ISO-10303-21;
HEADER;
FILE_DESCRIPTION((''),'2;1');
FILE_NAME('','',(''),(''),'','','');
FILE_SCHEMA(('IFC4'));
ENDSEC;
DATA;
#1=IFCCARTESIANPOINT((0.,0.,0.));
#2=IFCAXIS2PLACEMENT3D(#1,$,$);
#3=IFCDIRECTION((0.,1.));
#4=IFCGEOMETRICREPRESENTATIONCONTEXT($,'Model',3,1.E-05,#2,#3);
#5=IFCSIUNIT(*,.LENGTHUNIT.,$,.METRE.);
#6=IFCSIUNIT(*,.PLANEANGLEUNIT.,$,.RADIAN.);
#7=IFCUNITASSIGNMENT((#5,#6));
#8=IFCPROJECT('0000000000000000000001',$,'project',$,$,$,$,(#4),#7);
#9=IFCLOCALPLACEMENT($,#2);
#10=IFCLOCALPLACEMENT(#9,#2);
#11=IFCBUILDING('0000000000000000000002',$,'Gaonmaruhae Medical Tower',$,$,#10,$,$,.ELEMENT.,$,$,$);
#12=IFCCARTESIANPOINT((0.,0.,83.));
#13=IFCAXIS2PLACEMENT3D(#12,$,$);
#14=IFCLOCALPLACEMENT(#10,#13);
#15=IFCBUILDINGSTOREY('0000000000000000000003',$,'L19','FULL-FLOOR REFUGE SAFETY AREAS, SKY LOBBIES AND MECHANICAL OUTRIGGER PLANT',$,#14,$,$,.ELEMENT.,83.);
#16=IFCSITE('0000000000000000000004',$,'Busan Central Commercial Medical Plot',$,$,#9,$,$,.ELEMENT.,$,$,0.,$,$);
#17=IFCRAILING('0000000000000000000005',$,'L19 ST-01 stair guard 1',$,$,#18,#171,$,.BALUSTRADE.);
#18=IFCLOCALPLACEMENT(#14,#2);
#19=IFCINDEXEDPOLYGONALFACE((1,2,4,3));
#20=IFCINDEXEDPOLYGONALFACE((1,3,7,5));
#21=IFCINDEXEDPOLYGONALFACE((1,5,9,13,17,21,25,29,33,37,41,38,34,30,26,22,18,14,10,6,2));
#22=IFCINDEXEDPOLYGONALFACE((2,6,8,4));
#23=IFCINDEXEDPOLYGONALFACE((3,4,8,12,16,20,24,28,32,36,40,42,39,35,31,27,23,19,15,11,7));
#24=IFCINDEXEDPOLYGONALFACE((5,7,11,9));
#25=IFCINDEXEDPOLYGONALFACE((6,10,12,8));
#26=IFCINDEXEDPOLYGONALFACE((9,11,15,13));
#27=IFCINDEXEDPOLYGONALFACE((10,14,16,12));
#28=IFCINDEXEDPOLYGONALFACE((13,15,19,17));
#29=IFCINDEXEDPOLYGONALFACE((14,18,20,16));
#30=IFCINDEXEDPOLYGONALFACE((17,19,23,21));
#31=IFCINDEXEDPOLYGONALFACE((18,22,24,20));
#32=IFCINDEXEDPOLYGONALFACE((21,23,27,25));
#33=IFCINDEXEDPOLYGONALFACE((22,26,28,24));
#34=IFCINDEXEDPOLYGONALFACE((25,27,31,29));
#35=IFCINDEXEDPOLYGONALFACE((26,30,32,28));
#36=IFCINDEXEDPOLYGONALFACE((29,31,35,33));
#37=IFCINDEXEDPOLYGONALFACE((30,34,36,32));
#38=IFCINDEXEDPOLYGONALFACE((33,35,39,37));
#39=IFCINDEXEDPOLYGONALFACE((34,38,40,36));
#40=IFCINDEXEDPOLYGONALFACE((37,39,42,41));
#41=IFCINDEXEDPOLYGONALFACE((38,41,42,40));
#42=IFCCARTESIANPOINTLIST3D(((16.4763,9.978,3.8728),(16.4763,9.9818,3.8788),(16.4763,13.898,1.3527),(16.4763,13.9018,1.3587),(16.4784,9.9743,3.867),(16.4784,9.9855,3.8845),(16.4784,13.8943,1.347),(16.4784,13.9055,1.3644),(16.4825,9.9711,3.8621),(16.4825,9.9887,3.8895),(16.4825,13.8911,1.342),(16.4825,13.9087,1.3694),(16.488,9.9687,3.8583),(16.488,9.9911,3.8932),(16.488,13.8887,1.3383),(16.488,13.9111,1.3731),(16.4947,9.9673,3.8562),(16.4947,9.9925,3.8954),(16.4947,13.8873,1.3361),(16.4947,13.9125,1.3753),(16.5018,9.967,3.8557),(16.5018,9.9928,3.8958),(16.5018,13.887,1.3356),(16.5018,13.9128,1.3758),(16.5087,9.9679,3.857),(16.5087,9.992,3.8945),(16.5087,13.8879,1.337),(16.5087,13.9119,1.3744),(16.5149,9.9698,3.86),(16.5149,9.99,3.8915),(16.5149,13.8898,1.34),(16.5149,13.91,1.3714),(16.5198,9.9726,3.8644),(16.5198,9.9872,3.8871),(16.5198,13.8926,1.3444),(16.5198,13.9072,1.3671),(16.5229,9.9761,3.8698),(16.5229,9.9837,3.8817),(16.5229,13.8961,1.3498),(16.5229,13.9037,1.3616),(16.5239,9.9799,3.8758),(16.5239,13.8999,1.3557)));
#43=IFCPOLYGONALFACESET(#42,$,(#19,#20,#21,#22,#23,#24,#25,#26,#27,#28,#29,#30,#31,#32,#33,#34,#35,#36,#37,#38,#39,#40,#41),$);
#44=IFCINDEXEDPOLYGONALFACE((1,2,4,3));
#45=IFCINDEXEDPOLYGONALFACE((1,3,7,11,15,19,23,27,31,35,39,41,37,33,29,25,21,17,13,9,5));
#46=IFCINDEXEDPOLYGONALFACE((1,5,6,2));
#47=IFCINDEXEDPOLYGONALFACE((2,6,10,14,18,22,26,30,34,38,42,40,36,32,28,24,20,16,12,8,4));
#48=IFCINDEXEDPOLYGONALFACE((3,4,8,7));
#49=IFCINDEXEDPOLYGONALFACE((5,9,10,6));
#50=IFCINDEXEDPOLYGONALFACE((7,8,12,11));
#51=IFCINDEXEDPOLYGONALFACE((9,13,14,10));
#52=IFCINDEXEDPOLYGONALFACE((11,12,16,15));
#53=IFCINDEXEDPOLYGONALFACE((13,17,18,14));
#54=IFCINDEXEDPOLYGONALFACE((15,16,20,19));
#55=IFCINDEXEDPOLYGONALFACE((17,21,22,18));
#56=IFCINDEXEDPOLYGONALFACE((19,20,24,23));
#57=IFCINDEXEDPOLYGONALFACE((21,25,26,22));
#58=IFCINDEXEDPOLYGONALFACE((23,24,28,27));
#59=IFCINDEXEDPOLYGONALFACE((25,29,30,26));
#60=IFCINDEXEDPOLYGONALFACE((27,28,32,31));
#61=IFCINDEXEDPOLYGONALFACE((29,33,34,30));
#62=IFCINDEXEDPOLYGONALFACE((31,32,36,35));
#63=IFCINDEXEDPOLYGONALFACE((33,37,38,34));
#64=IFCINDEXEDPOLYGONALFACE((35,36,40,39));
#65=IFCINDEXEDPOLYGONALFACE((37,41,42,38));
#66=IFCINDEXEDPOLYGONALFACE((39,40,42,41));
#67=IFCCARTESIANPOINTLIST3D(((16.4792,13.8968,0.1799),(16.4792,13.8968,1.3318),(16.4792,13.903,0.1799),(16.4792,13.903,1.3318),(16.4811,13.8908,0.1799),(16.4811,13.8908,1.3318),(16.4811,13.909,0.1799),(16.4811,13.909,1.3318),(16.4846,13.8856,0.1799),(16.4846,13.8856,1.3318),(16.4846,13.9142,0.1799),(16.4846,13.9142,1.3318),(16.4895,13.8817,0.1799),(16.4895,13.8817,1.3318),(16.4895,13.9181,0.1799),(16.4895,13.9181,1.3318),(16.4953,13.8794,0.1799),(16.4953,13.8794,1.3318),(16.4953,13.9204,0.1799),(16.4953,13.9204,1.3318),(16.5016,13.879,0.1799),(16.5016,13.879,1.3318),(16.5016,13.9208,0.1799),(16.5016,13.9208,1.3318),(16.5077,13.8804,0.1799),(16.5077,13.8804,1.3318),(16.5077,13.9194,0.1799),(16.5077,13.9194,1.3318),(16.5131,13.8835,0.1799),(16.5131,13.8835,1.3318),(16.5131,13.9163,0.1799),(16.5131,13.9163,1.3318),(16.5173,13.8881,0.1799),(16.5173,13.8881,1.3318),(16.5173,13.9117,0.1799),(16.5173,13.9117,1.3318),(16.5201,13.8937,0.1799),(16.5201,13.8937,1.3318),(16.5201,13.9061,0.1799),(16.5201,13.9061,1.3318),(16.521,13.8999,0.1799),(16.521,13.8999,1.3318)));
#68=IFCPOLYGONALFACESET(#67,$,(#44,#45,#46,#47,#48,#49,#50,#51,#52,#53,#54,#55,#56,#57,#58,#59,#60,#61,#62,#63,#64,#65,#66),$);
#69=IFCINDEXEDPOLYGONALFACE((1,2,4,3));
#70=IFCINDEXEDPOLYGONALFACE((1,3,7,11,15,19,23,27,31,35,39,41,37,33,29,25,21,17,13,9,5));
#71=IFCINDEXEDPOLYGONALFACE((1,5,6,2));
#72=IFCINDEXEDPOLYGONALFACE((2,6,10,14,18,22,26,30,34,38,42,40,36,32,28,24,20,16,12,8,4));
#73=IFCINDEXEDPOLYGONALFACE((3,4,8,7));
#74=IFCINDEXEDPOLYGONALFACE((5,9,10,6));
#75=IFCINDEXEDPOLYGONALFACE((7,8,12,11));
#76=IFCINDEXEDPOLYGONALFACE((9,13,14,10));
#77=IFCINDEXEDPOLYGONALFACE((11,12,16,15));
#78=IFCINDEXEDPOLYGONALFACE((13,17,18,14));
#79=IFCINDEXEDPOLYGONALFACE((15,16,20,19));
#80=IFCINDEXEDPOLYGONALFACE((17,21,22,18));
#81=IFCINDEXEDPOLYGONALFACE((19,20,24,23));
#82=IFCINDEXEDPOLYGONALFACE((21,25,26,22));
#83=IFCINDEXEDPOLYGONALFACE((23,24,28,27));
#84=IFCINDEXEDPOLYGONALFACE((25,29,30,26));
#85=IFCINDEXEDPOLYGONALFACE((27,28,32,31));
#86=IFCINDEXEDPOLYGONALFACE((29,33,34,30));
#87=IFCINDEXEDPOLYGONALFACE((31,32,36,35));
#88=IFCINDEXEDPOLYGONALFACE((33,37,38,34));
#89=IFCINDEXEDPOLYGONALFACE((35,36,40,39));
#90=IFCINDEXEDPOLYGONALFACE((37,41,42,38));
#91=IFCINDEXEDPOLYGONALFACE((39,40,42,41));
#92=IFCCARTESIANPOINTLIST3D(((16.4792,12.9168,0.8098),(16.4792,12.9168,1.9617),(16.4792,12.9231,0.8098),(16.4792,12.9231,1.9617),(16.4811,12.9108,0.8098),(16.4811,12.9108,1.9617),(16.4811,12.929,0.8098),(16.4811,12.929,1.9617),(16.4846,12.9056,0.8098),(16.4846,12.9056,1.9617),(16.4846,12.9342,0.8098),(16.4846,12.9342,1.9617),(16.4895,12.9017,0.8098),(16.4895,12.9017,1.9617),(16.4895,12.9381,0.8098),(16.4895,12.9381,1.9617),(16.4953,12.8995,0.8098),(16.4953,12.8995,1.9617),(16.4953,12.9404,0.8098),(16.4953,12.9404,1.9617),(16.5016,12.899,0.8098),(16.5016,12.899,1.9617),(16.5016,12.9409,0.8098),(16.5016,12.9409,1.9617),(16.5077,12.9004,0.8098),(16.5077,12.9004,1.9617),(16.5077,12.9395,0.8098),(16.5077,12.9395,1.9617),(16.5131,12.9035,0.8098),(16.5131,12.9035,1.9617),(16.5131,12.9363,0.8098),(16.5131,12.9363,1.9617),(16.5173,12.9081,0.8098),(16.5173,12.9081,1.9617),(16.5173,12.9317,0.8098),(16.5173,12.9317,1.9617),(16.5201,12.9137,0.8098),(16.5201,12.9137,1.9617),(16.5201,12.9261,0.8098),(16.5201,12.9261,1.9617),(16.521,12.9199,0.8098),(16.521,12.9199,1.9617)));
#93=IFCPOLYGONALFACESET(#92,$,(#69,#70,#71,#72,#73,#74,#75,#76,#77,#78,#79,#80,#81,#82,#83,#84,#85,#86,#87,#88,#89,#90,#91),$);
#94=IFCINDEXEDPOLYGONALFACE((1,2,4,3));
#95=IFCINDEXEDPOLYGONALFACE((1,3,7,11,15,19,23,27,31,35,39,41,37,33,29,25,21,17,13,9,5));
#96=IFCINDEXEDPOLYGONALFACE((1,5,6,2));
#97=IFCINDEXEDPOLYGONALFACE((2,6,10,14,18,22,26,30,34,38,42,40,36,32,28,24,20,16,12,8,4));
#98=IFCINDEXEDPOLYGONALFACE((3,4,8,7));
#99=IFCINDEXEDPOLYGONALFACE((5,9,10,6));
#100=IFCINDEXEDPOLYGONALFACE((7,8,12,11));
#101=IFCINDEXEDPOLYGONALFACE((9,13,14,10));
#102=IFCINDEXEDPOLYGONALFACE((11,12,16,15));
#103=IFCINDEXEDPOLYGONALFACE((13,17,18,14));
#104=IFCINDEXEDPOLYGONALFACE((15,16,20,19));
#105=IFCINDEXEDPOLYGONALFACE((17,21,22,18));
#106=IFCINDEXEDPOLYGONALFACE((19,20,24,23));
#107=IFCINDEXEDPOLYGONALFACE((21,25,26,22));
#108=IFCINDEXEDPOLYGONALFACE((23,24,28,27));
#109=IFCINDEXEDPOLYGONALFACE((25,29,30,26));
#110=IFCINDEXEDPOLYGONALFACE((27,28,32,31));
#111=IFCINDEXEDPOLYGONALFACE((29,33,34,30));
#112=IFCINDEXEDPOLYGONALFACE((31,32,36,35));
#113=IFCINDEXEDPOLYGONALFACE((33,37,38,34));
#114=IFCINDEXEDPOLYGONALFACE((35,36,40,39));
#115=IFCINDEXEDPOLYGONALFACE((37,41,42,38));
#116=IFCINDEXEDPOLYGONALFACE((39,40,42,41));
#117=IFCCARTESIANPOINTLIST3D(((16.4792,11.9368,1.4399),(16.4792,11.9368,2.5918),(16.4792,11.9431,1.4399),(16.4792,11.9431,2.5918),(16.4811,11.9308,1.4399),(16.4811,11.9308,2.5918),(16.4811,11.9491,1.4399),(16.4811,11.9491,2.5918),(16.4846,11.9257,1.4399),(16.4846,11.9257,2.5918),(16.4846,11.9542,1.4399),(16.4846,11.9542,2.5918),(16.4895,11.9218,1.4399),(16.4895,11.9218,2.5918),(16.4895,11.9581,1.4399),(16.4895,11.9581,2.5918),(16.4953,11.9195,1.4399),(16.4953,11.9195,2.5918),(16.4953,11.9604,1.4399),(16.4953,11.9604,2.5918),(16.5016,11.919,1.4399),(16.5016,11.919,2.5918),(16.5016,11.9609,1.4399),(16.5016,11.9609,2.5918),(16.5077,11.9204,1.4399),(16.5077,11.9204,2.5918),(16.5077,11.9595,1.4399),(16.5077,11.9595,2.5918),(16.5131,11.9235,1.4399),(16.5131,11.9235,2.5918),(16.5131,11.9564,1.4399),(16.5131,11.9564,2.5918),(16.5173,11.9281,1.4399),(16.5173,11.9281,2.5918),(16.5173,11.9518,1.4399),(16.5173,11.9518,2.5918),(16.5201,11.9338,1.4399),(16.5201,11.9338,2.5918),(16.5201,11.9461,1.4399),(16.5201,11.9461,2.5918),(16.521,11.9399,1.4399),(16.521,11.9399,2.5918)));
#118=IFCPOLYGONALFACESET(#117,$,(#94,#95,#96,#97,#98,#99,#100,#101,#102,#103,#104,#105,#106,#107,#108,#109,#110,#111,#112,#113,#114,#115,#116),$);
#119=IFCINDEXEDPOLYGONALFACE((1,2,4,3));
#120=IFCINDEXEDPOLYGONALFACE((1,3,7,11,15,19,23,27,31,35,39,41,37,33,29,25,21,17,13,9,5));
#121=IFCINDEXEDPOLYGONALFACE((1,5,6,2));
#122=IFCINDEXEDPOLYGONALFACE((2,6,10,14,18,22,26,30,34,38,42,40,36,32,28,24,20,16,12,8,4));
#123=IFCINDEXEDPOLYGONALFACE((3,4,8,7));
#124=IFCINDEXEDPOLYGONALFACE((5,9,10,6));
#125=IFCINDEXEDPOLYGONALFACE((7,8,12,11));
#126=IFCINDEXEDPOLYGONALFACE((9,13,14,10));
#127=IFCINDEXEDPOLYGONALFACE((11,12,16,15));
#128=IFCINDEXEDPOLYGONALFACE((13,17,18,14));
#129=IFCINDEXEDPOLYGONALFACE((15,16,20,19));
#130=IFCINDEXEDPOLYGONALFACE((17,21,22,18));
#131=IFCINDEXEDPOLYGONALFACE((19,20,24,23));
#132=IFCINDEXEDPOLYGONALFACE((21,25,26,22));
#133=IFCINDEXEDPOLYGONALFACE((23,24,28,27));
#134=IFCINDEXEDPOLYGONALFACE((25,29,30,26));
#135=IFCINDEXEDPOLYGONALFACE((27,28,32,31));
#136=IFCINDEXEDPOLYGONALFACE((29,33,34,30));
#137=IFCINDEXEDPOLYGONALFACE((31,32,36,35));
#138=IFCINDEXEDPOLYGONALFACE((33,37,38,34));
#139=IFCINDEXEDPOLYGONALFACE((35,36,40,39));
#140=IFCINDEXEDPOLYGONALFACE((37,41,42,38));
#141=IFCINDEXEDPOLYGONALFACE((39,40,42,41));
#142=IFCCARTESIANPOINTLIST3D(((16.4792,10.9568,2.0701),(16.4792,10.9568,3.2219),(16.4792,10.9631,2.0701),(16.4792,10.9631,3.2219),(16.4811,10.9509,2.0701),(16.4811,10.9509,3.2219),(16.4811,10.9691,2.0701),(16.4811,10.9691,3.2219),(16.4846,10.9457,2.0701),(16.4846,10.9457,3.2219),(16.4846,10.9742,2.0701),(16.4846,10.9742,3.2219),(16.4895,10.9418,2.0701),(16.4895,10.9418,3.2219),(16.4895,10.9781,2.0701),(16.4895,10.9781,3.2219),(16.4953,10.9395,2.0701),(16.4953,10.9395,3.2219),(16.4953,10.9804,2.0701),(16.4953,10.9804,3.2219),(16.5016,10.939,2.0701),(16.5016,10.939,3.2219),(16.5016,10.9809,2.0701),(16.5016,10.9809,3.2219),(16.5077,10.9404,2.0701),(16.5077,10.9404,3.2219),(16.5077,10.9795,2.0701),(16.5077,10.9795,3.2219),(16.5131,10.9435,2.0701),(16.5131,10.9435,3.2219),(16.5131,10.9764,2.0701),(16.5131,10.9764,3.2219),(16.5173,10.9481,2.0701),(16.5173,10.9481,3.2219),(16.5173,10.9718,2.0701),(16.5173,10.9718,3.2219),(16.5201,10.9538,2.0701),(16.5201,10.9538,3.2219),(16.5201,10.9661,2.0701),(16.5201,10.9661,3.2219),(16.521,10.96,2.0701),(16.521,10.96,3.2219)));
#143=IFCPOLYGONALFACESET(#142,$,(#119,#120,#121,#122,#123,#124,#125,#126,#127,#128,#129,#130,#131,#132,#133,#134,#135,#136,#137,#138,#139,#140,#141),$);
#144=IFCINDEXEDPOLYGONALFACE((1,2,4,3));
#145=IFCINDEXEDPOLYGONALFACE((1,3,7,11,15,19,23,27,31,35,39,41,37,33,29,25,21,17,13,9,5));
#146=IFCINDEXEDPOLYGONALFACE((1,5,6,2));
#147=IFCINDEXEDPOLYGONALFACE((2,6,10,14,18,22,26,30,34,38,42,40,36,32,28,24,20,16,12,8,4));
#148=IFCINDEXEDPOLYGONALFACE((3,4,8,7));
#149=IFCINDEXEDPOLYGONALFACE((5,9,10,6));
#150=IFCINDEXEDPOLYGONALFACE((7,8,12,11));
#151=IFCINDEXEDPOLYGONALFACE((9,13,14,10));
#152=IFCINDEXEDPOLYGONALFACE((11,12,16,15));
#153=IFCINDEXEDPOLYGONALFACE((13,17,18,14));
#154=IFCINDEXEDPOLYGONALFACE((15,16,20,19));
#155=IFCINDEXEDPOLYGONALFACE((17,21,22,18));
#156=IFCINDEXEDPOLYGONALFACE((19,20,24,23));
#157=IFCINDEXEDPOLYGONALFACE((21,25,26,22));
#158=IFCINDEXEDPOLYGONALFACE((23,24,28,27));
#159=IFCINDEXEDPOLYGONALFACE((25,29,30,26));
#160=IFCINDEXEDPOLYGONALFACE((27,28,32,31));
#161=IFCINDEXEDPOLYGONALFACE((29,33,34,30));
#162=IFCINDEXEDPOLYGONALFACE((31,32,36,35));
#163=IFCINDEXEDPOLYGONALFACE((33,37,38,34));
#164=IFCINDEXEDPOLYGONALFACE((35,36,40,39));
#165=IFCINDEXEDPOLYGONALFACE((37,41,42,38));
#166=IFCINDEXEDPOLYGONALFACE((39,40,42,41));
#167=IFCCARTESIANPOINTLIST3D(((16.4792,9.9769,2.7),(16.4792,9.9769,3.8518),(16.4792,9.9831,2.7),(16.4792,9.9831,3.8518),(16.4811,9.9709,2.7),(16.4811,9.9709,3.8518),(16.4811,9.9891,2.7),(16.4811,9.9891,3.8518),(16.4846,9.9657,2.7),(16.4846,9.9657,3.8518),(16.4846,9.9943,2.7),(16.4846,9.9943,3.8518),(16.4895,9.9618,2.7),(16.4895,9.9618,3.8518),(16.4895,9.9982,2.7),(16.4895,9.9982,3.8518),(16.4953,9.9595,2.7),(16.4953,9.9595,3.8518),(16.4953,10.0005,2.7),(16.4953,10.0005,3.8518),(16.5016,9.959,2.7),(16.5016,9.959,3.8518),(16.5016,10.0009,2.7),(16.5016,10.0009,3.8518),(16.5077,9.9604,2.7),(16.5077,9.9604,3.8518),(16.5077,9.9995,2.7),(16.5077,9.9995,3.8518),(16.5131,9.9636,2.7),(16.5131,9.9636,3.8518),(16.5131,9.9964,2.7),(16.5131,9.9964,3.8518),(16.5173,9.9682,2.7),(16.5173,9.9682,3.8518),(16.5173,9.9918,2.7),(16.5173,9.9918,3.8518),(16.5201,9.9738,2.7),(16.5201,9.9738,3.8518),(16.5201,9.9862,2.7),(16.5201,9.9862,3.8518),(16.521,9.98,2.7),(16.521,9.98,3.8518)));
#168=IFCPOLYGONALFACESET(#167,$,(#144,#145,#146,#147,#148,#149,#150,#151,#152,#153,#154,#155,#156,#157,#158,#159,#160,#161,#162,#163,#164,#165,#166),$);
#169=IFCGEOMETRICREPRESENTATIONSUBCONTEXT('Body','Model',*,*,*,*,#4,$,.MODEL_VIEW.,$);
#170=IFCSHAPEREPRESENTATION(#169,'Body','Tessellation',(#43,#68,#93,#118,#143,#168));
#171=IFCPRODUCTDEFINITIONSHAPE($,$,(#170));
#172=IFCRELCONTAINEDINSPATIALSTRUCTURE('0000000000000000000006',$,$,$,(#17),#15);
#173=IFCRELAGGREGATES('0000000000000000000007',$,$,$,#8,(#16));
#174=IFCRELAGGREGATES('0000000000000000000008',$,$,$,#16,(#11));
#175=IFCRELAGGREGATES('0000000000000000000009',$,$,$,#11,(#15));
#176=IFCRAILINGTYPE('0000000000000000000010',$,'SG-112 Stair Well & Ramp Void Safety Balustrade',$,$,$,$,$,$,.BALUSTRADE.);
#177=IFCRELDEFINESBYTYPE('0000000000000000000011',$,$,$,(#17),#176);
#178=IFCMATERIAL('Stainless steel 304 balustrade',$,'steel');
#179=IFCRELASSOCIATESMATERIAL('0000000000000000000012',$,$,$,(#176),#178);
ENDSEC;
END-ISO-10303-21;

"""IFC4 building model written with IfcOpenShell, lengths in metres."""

from ifc_helpers import new_model, si_unit, direction, frame, origin, origin_2d, place, context, subcontext, project, spatial, circle, extrude, material, type_object, element, save


model = new_model("IFC4")

# Units and contexts
model_context = context("Model", 3, precision=1e-05, world=origin(), true_north=direction((0.0, 1.0)))
body_context = subcontext(model_context, "Body", "Model", "MODEL_VIEW")
ifc_project = project(units=[si_unit("LENGTHUNIT", "METRE"), si_unit("PLANEANGLEUNIT", "RADIAN")], contexts=[model_context])

# Site, building, storey
site_placement = place(None, origin())
site = spatial("IfcSite", under=ifc_project, at=site_placement, Name="Busan Central Commercial Medical Plot", CompositionType="ELEMENT", RefElevation=0.0)
building_placement = place(site_placement, origin())
building = spatial("IfcBuilding", under=site, at=building_placement, Name="Gaonmaruhae Medical Tower", CompositionType="ELEMENT")
storey_placement = place(building_placement, frame((0.0, 0.0, 83.0)))
storey = spatial("IfcBuildingStorey", under=building, at=storey_placement, Name="L19", Description="FULL-FLOOR REFUGE SAFETY AREAS, SKY LOBBIES AND MECHANICAL OUTRIGGER PLANT", CompositionType="ELEMENT", Elevation=83.0)

# Railing
ifc_material_1 = material(Name="Stainless steel 304 balustrade", Category="steel")
railing_type_1 = type_object("IfcRailingType", Name="SG-112 Stair Well & Ramp Void Safety Balustrade", PredefinedType="BALUSTRADE", material=ifc_material_1)
railing_1_placement = place(storey_placement, frame((16.5, 13.8999, 0.1799)))
element("IfcRailing", 1, at=railing_1_placement, inside=storey, type_object=railing_type_1, Name="L19 ST-01 stair guard 1", PredefinedType="BALUSTRADE", context=body_context, shape_type="SweptSolid", body=[
    extrude(circle(Radius=0.0239, at=origin_2d()), frame((0.0, 0.0, 1.1758), z_axis=(0.0, -0.841172, 0.540768), x_axis=(1.0, 0.0, 0.0)), (0.0, 0.0, 1.0), 4.6602),
    extrude(circle(Radius=0.021, at=origin_2d()), origin(), (0.0, 0.0, 1.0), 1.1519),
    extrude(circle(Radius=0.021, at=origin_2d()), frame((0.0, -0.98, 0.6299)), (0.0, 0.0, 1.0), 1.1519),
    extrude(circle(Radius=0.021, at=origin_2d()), frame((0.0, -1.96, 1.26)), (0.0, 0.0, 1.0), 1.1519),
    extrude(circle(Radius=0.021, at=origin_2d()), frame((0.0, -2.9399, 1.8901)), (0.0, 0.0, 1.0), 1.1519),
    extrude(circle(Radius=0.021, at=origin_2d()), frame((0.0, -3.9199, 2.52)), (0.0, 0.0, 1.0), 1.1519),
])

save(model, "model.ifc")
